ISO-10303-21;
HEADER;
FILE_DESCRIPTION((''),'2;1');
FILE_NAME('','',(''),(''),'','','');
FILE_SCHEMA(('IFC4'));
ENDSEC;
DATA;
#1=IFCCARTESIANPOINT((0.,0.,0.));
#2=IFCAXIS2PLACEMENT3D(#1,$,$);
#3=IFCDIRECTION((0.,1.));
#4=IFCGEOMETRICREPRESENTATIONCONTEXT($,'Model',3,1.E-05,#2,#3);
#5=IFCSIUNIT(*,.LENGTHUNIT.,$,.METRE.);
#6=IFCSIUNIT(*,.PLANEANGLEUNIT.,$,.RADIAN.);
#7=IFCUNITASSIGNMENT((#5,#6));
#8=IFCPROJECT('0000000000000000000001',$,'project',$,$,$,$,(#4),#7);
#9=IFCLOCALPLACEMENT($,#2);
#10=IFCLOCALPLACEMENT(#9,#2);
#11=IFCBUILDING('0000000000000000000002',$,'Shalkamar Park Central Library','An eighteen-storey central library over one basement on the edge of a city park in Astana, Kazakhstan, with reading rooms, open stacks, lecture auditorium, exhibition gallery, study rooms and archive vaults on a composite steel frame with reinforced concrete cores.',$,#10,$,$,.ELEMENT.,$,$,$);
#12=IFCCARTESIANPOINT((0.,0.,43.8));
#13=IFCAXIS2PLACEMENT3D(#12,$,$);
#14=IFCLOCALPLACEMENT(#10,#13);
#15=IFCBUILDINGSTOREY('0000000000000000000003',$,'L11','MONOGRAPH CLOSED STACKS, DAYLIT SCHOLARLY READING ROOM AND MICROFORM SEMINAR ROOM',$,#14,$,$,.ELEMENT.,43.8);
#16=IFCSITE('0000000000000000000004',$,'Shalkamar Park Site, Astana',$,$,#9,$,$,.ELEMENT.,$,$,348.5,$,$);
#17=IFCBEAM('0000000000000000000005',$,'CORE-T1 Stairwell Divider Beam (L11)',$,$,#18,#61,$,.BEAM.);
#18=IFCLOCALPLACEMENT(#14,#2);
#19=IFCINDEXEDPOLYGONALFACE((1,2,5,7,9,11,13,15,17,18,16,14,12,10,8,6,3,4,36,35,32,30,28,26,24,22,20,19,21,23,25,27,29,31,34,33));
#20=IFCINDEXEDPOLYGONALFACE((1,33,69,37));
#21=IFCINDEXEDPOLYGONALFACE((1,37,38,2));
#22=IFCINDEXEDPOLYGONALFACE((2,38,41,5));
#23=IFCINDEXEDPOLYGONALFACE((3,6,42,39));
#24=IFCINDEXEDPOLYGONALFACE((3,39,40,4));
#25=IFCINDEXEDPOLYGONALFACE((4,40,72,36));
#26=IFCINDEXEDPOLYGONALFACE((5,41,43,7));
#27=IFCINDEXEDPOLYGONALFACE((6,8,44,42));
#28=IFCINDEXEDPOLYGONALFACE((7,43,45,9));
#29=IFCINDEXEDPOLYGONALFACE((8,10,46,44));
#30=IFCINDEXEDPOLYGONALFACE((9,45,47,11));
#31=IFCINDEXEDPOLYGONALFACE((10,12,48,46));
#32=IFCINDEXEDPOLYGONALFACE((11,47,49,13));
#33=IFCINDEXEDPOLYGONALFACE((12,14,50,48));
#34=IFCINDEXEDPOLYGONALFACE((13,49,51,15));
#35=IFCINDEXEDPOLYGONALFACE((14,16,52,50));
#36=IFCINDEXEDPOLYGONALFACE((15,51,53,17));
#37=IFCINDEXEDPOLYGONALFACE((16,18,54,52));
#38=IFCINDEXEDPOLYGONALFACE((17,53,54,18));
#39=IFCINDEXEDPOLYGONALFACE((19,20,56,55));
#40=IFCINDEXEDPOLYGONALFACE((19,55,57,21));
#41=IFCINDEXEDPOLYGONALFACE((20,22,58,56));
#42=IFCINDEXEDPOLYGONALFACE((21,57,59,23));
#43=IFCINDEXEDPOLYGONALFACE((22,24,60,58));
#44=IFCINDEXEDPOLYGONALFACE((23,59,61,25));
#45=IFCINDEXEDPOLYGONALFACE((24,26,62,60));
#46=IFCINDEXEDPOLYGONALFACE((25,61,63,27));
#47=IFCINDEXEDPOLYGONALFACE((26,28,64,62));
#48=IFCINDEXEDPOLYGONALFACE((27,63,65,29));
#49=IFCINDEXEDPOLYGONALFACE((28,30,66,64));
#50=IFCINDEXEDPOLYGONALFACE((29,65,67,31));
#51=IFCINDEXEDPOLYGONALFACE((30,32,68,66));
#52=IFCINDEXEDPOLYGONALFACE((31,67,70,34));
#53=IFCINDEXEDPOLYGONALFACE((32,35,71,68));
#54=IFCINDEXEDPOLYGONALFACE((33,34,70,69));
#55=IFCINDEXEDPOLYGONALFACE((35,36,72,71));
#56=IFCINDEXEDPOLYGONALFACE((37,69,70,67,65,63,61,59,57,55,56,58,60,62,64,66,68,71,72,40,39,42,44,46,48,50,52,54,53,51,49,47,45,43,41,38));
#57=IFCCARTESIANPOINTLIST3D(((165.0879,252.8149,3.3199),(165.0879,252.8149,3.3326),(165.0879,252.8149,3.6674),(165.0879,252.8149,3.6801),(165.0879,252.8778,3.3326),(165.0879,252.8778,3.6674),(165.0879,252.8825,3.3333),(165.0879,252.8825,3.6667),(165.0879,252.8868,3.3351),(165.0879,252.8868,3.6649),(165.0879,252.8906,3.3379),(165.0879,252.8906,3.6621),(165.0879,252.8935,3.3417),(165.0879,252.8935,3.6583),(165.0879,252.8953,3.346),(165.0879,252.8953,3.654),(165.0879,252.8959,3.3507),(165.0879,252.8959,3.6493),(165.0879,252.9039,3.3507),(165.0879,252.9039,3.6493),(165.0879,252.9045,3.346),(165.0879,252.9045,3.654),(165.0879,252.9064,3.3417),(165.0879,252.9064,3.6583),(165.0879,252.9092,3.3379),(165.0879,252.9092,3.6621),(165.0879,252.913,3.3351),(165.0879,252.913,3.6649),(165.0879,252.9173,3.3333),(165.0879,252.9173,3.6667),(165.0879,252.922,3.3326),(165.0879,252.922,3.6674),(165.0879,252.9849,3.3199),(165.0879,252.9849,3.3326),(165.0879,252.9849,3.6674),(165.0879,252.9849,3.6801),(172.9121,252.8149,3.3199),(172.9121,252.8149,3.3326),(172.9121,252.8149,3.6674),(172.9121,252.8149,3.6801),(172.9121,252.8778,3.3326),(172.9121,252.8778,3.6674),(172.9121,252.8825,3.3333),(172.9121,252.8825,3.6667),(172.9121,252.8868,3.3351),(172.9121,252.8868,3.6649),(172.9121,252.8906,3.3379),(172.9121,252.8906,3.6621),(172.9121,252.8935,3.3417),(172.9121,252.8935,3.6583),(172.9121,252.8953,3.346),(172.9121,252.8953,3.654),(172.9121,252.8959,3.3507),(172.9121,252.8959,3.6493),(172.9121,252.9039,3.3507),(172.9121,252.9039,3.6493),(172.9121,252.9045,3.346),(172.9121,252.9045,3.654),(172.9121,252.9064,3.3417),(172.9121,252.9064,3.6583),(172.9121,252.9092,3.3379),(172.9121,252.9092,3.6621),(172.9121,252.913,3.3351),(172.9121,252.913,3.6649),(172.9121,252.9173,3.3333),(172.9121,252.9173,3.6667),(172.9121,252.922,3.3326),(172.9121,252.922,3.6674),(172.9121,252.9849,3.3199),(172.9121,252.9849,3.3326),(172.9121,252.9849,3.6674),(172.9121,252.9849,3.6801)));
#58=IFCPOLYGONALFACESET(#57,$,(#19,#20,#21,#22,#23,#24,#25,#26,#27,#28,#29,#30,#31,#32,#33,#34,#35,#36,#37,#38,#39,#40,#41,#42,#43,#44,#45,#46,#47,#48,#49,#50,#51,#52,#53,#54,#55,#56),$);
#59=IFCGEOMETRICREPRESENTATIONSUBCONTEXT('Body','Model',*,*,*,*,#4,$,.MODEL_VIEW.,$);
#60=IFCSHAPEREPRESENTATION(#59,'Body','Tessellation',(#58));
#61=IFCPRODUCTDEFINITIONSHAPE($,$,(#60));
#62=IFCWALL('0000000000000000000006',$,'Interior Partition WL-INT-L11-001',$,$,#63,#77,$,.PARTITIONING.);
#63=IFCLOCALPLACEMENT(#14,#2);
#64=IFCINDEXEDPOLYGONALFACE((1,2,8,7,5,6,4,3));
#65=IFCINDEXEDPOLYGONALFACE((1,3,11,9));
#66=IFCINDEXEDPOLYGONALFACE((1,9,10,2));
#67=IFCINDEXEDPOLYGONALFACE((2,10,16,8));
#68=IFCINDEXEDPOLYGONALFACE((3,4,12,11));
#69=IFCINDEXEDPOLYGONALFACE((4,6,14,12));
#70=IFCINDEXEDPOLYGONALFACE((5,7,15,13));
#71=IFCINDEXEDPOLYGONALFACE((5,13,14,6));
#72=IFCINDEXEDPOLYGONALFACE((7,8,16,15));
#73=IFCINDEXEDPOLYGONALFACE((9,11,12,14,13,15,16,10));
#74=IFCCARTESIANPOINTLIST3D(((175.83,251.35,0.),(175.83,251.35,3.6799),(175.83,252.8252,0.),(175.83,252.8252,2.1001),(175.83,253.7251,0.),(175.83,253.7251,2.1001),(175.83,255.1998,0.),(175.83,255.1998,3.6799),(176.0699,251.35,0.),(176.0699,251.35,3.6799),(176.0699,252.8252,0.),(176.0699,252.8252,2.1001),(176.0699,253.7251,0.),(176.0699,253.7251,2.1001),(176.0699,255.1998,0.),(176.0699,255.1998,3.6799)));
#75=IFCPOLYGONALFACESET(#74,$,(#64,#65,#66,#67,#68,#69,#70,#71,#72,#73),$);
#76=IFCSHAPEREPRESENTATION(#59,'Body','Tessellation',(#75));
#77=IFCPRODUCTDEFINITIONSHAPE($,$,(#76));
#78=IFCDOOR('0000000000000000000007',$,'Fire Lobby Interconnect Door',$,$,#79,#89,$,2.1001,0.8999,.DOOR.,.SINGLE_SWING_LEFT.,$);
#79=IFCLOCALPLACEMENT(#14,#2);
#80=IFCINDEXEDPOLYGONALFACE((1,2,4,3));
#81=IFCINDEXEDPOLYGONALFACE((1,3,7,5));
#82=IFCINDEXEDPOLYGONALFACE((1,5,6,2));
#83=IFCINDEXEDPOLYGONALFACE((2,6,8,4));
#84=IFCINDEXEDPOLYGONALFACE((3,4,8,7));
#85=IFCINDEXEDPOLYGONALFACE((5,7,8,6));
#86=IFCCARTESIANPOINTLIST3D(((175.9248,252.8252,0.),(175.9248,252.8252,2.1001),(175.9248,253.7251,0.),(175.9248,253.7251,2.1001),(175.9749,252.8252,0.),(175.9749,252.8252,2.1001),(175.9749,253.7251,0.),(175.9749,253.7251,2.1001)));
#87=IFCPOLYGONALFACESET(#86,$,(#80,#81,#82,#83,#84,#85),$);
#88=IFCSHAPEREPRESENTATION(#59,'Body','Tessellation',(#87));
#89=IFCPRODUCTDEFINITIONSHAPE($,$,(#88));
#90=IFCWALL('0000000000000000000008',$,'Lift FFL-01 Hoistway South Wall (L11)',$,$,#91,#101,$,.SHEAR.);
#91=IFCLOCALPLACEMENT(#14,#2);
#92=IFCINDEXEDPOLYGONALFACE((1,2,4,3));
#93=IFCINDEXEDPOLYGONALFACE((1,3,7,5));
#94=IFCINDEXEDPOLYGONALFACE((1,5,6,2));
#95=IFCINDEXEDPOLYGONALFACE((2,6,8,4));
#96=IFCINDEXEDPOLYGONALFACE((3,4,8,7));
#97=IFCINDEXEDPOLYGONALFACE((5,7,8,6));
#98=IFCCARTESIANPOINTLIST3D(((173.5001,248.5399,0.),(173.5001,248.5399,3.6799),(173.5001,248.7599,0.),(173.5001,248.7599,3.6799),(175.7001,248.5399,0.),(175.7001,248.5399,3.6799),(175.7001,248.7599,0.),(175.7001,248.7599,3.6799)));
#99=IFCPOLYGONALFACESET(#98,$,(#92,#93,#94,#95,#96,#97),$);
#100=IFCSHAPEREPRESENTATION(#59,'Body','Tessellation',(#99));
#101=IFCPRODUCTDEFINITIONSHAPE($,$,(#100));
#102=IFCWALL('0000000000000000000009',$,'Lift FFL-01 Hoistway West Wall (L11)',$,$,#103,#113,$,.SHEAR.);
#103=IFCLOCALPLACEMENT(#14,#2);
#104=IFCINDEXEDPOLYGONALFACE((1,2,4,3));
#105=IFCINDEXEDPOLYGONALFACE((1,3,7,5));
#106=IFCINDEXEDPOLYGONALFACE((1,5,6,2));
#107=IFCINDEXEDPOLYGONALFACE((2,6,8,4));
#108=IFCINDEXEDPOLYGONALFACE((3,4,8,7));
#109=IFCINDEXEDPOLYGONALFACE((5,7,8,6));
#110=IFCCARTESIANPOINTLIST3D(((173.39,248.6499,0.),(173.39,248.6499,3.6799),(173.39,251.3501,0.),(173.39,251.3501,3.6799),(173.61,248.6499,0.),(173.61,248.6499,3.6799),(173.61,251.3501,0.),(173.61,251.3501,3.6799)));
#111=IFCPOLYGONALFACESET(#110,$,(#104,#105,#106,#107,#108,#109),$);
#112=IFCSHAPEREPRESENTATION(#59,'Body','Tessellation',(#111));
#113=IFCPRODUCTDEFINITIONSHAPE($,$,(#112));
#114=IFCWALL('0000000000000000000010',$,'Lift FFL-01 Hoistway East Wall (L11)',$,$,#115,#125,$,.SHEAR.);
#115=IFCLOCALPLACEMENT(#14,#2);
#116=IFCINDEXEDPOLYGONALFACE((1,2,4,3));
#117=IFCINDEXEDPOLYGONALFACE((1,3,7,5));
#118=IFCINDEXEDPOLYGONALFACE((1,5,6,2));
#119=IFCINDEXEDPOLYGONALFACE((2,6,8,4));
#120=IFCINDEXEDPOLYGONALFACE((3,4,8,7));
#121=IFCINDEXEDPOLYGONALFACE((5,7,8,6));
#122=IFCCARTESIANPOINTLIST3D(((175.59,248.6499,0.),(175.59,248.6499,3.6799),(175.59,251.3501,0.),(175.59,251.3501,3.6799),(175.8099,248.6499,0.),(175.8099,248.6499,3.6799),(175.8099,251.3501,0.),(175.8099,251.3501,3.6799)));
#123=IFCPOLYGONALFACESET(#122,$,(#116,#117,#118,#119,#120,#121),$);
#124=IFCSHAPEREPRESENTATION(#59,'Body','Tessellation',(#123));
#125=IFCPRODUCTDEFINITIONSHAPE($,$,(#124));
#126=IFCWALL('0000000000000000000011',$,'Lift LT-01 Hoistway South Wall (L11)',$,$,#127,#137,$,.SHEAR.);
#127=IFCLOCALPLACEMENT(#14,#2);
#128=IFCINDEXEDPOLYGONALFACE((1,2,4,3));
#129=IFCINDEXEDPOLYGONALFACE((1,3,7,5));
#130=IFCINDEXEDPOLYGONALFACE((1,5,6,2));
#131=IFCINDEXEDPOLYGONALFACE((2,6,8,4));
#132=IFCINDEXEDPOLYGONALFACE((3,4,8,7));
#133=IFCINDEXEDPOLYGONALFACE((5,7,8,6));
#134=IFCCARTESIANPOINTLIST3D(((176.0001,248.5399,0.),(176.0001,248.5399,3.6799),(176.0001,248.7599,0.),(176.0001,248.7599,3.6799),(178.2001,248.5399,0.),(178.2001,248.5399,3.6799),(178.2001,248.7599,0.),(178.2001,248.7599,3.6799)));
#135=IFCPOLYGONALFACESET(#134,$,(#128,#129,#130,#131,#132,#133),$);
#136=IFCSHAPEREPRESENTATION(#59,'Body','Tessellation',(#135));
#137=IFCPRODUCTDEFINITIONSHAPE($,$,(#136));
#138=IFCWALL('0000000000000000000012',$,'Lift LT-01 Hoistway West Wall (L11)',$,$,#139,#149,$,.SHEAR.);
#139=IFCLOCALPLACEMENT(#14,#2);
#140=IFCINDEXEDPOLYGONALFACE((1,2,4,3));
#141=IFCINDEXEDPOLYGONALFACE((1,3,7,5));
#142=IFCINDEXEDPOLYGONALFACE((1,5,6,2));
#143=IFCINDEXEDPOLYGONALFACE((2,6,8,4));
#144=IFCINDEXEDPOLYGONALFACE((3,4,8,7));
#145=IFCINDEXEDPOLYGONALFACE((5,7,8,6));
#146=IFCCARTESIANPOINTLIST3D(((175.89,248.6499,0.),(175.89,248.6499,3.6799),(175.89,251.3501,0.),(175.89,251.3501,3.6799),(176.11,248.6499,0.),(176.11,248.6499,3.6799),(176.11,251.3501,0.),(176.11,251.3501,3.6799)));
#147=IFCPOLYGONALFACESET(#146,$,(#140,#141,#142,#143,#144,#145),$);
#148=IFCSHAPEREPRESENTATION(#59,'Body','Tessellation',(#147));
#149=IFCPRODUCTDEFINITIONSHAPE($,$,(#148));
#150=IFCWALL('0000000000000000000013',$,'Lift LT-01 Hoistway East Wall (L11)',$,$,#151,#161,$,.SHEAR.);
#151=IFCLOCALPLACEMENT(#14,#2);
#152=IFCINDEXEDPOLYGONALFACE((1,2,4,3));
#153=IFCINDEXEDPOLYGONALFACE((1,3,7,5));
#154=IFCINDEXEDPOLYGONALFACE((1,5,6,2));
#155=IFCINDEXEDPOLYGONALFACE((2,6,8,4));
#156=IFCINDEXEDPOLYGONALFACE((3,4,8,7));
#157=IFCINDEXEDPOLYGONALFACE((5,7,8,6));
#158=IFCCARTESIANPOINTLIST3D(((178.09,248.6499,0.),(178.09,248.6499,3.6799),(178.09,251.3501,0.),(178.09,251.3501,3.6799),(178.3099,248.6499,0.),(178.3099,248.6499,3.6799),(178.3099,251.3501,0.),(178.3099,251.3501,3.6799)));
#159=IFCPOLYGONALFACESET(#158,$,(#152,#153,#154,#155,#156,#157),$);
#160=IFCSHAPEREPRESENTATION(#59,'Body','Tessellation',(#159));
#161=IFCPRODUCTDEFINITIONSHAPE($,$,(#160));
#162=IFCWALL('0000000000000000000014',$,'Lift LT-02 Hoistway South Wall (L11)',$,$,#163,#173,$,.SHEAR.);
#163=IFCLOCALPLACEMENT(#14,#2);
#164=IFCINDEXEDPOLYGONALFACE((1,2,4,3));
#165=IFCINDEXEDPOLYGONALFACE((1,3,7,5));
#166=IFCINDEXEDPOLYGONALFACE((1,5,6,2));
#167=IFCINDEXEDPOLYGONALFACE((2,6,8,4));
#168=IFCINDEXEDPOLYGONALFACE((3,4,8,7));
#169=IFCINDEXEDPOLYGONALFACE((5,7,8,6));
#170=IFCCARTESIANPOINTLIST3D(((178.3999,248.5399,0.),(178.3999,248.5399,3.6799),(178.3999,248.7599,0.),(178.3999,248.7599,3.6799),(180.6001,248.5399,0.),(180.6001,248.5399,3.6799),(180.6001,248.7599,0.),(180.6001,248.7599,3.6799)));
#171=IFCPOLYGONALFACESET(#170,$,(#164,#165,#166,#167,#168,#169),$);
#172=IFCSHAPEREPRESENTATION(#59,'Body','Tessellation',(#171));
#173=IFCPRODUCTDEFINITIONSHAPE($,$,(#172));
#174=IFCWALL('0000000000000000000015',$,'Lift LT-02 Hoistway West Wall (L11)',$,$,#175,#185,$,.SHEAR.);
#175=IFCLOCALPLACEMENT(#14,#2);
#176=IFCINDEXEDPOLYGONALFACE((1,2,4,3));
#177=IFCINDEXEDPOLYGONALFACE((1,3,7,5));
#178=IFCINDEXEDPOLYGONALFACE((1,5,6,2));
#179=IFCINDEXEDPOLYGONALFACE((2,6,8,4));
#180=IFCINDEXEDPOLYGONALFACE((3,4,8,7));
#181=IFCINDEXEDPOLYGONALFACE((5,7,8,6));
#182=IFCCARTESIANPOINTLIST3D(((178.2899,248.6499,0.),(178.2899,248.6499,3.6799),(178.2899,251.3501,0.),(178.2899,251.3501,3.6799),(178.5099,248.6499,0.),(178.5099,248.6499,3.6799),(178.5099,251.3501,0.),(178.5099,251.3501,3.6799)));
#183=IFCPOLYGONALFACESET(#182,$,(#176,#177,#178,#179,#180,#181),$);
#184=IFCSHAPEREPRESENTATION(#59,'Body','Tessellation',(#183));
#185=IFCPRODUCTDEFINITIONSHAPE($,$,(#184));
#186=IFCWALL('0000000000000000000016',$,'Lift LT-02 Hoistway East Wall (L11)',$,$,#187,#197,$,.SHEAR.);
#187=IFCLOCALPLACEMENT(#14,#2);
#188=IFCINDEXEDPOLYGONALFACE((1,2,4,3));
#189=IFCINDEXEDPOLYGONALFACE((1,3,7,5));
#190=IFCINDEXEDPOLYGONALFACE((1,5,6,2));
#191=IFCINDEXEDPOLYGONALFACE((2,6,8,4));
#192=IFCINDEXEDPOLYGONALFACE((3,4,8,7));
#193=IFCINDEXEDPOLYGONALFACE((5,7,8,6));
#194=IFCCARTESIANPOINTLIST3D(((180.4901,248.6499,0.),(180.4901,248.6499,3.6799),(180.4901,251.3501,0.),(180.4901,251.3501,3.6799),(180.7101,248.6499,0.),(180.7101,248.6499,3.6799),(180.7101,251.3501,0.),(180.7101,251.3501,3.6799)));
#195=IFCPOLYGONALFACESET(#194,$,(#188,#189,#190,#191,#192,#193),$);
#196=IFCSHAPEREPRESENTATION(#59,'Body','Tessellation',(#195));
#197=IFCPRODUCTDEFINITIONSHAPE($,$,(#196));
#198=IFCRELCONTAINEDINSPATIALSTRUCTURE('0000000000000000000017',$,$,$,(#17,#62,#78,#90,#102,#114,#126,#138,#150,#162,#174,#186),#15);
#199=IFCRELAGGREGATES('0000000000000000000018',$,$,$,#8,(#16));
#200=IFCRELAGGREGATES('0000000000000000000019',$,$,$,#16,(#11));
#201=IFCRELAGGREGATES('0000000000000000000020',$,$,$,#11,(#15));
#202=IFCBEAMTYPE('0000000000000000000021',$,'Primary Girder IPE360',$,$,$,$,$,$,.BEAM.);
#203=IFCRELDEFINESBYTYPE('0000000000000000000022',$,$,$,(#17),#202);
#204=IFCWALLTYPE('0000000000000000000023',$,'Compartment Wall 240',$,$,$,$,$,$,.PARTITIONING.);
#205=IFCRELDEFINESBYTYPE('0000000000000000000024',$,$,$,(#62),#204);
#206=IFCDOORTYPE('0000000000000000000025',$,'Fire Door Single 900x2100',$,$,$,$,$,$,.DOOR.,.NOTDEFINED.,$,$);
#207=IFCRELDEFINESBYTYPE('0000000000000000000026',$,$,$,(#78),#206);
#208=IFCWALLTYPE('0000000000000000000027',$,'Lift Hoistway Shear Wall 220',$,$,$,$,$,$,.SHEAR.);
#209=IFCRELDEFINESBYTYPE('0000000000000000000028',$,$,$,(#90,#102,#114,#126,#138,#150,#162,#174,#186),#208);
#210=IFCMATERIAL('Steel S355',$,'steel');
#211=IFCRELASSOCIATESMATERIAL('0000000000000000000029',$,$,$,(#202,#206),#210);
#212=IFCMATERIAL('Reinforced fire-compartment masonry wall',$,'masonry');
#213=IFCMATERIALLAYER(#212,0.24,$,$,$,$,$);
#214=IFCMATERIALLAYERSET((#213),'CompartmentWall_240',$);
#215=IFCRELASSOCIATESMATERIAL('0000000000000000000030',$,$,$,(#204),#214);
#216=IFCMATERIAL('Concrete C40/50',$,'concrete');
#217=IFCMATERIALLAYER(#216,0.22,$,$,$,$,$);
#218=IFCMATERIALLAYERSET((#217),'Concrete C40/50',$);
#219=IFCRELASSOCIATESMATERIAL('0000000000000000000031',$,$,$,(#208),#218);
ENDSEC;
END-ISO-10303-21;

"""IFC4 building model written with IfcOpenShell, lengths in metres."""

from ifc_helpers import new_model, si_unit, direction, frame, frame_2d, origin, origin_2d, place, context, subcontext, project, spatial, rectangle, i_section, extrude, material, layer, layer_set, material_profile, profile_set, type_object, element, fill, save


model = new_model("IFC4")

# Units and contexts
model_context = context("Model", 3, precision=1e-05, world=origin(), true_north=direction((0.0, 1.0)))
body_context = subcontext(model_context, "Body", "Model", "MODEL_VIEW")
ifc_project = project(units=[si_unit("LENGTHUNIT", "METRE"), si_unit("PLANEANGLEUNIT", "RADIAN")], contexts=[model_context])

# Site, building, storey
site_placement = place(None, origin())
site = spatial("IfcSite", under=ifc_project, at=site_placement, Name="Shalkamar Park Site, Astana", CompositionType="ELEMENT", RefElevation=348.5)
building_placement = place(site_placement, origin())
building = spatial("IfcBuilding", under=site, at=building_placement, Name="Shalkamar Park Central Library", Description="An eighteen-storey central library over one basement on the edge of a city park in Astana, Kazakhstan, with reading rooms, open stacks, lecture auditorium, exhibition gallery, study rooms and archive vaults on a composite steel frame with reinforced concrete cores.", CompositionType="ELEMENT")
storey_placement = place(building_placement, frame((0.0, 0.0, 43.8)))
storey = spatial("IfcBuildingStorey", under=building, at=storey_placement, Name="L11", Description="MONOGRAPH CLOSED STACKS, DAYLIT SCHOLARLY READING ROOM AND MICROFORM SEMINAR ROOM", CompositionType="ELEMENT", Elevation=43.8)

# Shared definitions
ifc_material_1 = material(Name="Steel S355", Category="steel")

# Beam
ifc_material_profile_1 = material_profile(ifc_material_1, i_section(OverallWidth=0.1699, OverallDepth=0.3601, WebThickness=0.0081, FlangeThickness=0.0127, FilletRadius=0.0181, at=origin_2d()), Name="IPE 360")
ifc_profile_set_1 = profile_set([ifc_material_profile_1], Name="Steel S355")
beam_type_1 = type_object("IfcBeamType", Name="Primary Girder IPE360", PredefinedType="BEAM", material=ifc_profile_set_1)
beam_1_placement = place(storey_placement, frame((165.0879, 252.8999, 3.5), z_axis=(1.0, 0.0, 0.0), x_axis=(0.0, 1.0, 0.0)))
element("IfcBeam", 1, at=beam_1_placement, inside=storey, type_object=beam_type_1, Name="CORE-T1 Stairwell Divider Beam (L11)", PredefinedType="BEAM", context=body_context, shape_type="SweptSolid", body=[
    extrude(i_section(OverallWidth=0.1699, OverallDepth=0.3601, WebThickness=0.0081, FlangeThickness=0.0127, FilletRadius=0.0181, at=origin_2d()), origin(), (0.0, 0.0, 1.0), 7.8242),
])

# Wall, opening, door
ifc_material_2 = material(Name="Reinforced fire-compartment masonry wall", Category="masonry")
ifc_layer_1 = layer(ifc_material_2, 0.24)
ifc_layer_set_1 = layer_set([ifc_layer_1], Name="CompartmentWall_240")
wall_type_1 = type_object("IfcWallType", Name="Compartment Wall 240", PredefinedType="PARTITIONING", material=ifc_layer_set_1)
wall_1_placement = place(storey_placement, frame((175.95, 251.3501, 0.0), z_axis=(0.0, 0.0, 1.0), x_axis=(0.0, 1.0, 0.0)))
wall_1 = element("IfcWall", 2, at=wall_1_placement, inside=storey, type_object=wall_type_1, Name="Interior Partition WL-INT-L11-001", PredefinedType="PARTITIONING", context=body_context, shape_type="SweptSolid", body=[
    extrude(rectangle(XDim=3.8499, YDim=0.24, at=frame_2d((1.9248, 0.0))), origin(), (0.0, 0.0, 1.0), 3.6799),
])
opening_1_placement = place(wall_1_placement, frame((1.4751, 0.0, 0.0)))
opening_1 = element("IfcOpeningElement", 3, at=opening_1_placement, cuts=wall_1, PredefinedType="OPENING", context=body_context, shape_type="SweptSolid", body=[
    extrude(rectangle(XDim=0.8999, YDim=2.1001, at=frame_2d((0.45, 1.05))), frame((0.0, 0.1348, 0.0), z_axis=(0.0, -1.0, 0.0), x_axis=(1.0, 0.0, 0.0)), (0.0, 0.0, 1.0), 0.2698),
])
door_type_1 = type_object("IfcDoorType", Name="Fire Door Single 900x2100", OperationType="NOTDEFINED", PredefinedType="DOOR", material=ifc_material_1)
door_1_placement = place(opening_1_placement, frame((0.8999, 0.0, 0.0), z_axis=(0.0, 0.0, 1.0), x_axis=(-1.0, 0.0, 0.0)))
door_1 = element("IfcDoor", 4, at=door_1_placement, inside=storey, type_object=door_type_1, Name="Fire Lobby Interconnect Door", OperationType="SINGLE_SWING_LEFT", OverallHeight=2.1001, OverallWidth=0.8999, PredefinedType="DOOR", context=body_context, shape_type="SweptSolid", body=[
    extrude(rectangle(XDim=0.8999, YDim=2.1001, at=frame_2d((0.45, 1.05))), frame((0.0, 0.0249, 0.0), z_axis=(0.0, -1.0, 0.0), x_axis=(1.0, 0.0, 0.0)), (0.0, 0.0, 1.0), 0.05),
])
fill(opening_1, door_1)

# Walls
ifc_material_3 = material(Name="Concrete C40/50", Category="concrete")
ifc_layer_2 = layer(ifc_material_3, 0.22)
ifc_layer_set_2 = layer_set([ifc_layer_2], Name="Concrete C40/50")
wall_type_2 = type_object("IfcWallType", Name="Lift Hoistway Shear Wall 220", PredefinedType="SHEAR", material=ifc_layer_set_2)
wall_2_placement = place(storey_placement, frame((173.5, 248.6499, 0.0), z_axis=(0.0, 0.0, 1.0), x_axis=(1.0, 0.0, 0.0)))
element("IfcWall", 5, at=wall_2_placement, inside=storey, type_object=wall_type_2, Name="Lift FFL-01 Hoistway South Wall (L11)", PredefinedType="SHEAR", context=body_context, shape_type="SweptSolid", body=[
    extrude(rectangle(XDim=2.2, YDim=0.22, at=frame_2d((1.1001, 0.0))), origin(), (0.0, 0.0, 1.0), 3.6799),
])
for number, where, z_axis, x_axis, name in (
    (6, (173.5, 248.6499, 0.0), (0.0, 0.0, 1.0), (0.0, 1.0, 0.0), "Lift FFL-01 Hoistway West Wall (L11)"),
    (7, (175.7, 248.6499, 0.0), (0.0, 0.0, 1.0), (0.0, 1.0, 0.0), "Lift FFL-01 Hoistway East Wall (L11)"),
):
    element("IfcWall", number, at=place(storey_placement, frame(where, z_axis=z_axis, x_axis=x_axis)), inside=storey, type_object=wall_type_2, Name=name, PredefinedType="SHEAR", context=body_context, shape_type="SweptSolid", body=[
        extrude(rectangle(XDim=2.7002, YDim=0.22, at=frame_2d((1.3501, 0.0))), origin(), (0.0, 0.0, 1.0), 3.6799),
    ])

# Walls
wall_3_placement = place(storey_placement, frame((176.0, 248.6499, 0.0), z_axis=(0.0, 0.0, 1.0), x_axis=(1.0, 0.0, 0.0)))
element("IfcWall", 8, at=wall_3_placement, inside=storey, type_object=wall_type_2, Name="Lift LT-01 Hoistway South Wall (L11)", PredefinedType="SHEAR", context=body_context, shape_type="SweptSolid", body=[
    extrude(rectangle(XDim=2.2, YDim=0.22, at=frame_2d((1.1001, 0.0))), origin(), (0.0, 0.0, 1.0), 3.6799),
])
for number, where, z_axis, x_axis, name in (
    (9, (176.0, 248.6499, 0.0), (0.0, 0.0, 1.0), (0.0, 1.0, 0.0), "Lift LT-01 Hoistway West Wall (L11)"),
    (10, (178.2, 248.6499, 0.0), (0.0, 0.0, 1.0), (0.0, 1.0, 0.0), "Lift LT-01 Hoistway East Wall (L11)"),
):
    element("IfcWall", number, at=place(storey_placement, frame(where, z_axis=z_axis, x_axis=x_axis)), inside=storey, type_object=wall_type_2, Name=name, PredefinedType="SHEAR", context=body_context, shape_type="SweptSolid", body=[
        extrude(rectangle(XDim=2.7002, YDim=0.22, at=frame_2d((1.3501, 0.0))), origin(), (0.0, 0.0, 1.0), 3.6799),
    ])

# Walls
wall_4_placement = place(storey_placement, frame((178.3999, 248.6499, 0.0), z_axis=(0.0, 0.0, 1.0), x_axis=(1.0, 0.0, 0.0)))
element("IfcWall", 11, at=wall_4_placement, inside=storey, type_object=wall_type_2, Name="Lift LT-02 Hoistway South Wall (L11)", PredefinedType="SHEAR", context=body_context, shape_type="SweptSolid", body=[
    extrude(rectangle(XDim=2.2002, YDim=0.22, at=frame_2d((1.1001, 0.0))), origin(), (0.0, 0.0, 1.0), 3.6799),
])
for number, where, z_axis, x_axis, name in (
    (12, (178.3999, 248.6499, 0.0), (0.0, 0.0, 1.0), (0.0, 1.0, 0.0), "Lift LT-02 Hoistway West Wall (L11)"),
    (13, (180.6001, 248.6499, 0.0), (0.0, 0.0, 1.0), (0.0, 1.0, 0.0), "Lift LT-02 Hoistway East Wall (L11)"),
):
    element("IfcWall", number, at=place(storey_placement, frame(where, z_axis=z_axis, x_axis=x_axis)), inside=storey, type_object=wall_type_2, Name=name, PredefinedType="SHEAR", context=body_context, shape_type="SweptSolid", body=[
        extrude(rectangle(XDim=2.7002, YDim=0.22, at=frame_2d((1.3501, 0.0))), origin(), (0.0, 0.0, 1.0), 3.6799),
    ])

save(model, "model.ifc")
